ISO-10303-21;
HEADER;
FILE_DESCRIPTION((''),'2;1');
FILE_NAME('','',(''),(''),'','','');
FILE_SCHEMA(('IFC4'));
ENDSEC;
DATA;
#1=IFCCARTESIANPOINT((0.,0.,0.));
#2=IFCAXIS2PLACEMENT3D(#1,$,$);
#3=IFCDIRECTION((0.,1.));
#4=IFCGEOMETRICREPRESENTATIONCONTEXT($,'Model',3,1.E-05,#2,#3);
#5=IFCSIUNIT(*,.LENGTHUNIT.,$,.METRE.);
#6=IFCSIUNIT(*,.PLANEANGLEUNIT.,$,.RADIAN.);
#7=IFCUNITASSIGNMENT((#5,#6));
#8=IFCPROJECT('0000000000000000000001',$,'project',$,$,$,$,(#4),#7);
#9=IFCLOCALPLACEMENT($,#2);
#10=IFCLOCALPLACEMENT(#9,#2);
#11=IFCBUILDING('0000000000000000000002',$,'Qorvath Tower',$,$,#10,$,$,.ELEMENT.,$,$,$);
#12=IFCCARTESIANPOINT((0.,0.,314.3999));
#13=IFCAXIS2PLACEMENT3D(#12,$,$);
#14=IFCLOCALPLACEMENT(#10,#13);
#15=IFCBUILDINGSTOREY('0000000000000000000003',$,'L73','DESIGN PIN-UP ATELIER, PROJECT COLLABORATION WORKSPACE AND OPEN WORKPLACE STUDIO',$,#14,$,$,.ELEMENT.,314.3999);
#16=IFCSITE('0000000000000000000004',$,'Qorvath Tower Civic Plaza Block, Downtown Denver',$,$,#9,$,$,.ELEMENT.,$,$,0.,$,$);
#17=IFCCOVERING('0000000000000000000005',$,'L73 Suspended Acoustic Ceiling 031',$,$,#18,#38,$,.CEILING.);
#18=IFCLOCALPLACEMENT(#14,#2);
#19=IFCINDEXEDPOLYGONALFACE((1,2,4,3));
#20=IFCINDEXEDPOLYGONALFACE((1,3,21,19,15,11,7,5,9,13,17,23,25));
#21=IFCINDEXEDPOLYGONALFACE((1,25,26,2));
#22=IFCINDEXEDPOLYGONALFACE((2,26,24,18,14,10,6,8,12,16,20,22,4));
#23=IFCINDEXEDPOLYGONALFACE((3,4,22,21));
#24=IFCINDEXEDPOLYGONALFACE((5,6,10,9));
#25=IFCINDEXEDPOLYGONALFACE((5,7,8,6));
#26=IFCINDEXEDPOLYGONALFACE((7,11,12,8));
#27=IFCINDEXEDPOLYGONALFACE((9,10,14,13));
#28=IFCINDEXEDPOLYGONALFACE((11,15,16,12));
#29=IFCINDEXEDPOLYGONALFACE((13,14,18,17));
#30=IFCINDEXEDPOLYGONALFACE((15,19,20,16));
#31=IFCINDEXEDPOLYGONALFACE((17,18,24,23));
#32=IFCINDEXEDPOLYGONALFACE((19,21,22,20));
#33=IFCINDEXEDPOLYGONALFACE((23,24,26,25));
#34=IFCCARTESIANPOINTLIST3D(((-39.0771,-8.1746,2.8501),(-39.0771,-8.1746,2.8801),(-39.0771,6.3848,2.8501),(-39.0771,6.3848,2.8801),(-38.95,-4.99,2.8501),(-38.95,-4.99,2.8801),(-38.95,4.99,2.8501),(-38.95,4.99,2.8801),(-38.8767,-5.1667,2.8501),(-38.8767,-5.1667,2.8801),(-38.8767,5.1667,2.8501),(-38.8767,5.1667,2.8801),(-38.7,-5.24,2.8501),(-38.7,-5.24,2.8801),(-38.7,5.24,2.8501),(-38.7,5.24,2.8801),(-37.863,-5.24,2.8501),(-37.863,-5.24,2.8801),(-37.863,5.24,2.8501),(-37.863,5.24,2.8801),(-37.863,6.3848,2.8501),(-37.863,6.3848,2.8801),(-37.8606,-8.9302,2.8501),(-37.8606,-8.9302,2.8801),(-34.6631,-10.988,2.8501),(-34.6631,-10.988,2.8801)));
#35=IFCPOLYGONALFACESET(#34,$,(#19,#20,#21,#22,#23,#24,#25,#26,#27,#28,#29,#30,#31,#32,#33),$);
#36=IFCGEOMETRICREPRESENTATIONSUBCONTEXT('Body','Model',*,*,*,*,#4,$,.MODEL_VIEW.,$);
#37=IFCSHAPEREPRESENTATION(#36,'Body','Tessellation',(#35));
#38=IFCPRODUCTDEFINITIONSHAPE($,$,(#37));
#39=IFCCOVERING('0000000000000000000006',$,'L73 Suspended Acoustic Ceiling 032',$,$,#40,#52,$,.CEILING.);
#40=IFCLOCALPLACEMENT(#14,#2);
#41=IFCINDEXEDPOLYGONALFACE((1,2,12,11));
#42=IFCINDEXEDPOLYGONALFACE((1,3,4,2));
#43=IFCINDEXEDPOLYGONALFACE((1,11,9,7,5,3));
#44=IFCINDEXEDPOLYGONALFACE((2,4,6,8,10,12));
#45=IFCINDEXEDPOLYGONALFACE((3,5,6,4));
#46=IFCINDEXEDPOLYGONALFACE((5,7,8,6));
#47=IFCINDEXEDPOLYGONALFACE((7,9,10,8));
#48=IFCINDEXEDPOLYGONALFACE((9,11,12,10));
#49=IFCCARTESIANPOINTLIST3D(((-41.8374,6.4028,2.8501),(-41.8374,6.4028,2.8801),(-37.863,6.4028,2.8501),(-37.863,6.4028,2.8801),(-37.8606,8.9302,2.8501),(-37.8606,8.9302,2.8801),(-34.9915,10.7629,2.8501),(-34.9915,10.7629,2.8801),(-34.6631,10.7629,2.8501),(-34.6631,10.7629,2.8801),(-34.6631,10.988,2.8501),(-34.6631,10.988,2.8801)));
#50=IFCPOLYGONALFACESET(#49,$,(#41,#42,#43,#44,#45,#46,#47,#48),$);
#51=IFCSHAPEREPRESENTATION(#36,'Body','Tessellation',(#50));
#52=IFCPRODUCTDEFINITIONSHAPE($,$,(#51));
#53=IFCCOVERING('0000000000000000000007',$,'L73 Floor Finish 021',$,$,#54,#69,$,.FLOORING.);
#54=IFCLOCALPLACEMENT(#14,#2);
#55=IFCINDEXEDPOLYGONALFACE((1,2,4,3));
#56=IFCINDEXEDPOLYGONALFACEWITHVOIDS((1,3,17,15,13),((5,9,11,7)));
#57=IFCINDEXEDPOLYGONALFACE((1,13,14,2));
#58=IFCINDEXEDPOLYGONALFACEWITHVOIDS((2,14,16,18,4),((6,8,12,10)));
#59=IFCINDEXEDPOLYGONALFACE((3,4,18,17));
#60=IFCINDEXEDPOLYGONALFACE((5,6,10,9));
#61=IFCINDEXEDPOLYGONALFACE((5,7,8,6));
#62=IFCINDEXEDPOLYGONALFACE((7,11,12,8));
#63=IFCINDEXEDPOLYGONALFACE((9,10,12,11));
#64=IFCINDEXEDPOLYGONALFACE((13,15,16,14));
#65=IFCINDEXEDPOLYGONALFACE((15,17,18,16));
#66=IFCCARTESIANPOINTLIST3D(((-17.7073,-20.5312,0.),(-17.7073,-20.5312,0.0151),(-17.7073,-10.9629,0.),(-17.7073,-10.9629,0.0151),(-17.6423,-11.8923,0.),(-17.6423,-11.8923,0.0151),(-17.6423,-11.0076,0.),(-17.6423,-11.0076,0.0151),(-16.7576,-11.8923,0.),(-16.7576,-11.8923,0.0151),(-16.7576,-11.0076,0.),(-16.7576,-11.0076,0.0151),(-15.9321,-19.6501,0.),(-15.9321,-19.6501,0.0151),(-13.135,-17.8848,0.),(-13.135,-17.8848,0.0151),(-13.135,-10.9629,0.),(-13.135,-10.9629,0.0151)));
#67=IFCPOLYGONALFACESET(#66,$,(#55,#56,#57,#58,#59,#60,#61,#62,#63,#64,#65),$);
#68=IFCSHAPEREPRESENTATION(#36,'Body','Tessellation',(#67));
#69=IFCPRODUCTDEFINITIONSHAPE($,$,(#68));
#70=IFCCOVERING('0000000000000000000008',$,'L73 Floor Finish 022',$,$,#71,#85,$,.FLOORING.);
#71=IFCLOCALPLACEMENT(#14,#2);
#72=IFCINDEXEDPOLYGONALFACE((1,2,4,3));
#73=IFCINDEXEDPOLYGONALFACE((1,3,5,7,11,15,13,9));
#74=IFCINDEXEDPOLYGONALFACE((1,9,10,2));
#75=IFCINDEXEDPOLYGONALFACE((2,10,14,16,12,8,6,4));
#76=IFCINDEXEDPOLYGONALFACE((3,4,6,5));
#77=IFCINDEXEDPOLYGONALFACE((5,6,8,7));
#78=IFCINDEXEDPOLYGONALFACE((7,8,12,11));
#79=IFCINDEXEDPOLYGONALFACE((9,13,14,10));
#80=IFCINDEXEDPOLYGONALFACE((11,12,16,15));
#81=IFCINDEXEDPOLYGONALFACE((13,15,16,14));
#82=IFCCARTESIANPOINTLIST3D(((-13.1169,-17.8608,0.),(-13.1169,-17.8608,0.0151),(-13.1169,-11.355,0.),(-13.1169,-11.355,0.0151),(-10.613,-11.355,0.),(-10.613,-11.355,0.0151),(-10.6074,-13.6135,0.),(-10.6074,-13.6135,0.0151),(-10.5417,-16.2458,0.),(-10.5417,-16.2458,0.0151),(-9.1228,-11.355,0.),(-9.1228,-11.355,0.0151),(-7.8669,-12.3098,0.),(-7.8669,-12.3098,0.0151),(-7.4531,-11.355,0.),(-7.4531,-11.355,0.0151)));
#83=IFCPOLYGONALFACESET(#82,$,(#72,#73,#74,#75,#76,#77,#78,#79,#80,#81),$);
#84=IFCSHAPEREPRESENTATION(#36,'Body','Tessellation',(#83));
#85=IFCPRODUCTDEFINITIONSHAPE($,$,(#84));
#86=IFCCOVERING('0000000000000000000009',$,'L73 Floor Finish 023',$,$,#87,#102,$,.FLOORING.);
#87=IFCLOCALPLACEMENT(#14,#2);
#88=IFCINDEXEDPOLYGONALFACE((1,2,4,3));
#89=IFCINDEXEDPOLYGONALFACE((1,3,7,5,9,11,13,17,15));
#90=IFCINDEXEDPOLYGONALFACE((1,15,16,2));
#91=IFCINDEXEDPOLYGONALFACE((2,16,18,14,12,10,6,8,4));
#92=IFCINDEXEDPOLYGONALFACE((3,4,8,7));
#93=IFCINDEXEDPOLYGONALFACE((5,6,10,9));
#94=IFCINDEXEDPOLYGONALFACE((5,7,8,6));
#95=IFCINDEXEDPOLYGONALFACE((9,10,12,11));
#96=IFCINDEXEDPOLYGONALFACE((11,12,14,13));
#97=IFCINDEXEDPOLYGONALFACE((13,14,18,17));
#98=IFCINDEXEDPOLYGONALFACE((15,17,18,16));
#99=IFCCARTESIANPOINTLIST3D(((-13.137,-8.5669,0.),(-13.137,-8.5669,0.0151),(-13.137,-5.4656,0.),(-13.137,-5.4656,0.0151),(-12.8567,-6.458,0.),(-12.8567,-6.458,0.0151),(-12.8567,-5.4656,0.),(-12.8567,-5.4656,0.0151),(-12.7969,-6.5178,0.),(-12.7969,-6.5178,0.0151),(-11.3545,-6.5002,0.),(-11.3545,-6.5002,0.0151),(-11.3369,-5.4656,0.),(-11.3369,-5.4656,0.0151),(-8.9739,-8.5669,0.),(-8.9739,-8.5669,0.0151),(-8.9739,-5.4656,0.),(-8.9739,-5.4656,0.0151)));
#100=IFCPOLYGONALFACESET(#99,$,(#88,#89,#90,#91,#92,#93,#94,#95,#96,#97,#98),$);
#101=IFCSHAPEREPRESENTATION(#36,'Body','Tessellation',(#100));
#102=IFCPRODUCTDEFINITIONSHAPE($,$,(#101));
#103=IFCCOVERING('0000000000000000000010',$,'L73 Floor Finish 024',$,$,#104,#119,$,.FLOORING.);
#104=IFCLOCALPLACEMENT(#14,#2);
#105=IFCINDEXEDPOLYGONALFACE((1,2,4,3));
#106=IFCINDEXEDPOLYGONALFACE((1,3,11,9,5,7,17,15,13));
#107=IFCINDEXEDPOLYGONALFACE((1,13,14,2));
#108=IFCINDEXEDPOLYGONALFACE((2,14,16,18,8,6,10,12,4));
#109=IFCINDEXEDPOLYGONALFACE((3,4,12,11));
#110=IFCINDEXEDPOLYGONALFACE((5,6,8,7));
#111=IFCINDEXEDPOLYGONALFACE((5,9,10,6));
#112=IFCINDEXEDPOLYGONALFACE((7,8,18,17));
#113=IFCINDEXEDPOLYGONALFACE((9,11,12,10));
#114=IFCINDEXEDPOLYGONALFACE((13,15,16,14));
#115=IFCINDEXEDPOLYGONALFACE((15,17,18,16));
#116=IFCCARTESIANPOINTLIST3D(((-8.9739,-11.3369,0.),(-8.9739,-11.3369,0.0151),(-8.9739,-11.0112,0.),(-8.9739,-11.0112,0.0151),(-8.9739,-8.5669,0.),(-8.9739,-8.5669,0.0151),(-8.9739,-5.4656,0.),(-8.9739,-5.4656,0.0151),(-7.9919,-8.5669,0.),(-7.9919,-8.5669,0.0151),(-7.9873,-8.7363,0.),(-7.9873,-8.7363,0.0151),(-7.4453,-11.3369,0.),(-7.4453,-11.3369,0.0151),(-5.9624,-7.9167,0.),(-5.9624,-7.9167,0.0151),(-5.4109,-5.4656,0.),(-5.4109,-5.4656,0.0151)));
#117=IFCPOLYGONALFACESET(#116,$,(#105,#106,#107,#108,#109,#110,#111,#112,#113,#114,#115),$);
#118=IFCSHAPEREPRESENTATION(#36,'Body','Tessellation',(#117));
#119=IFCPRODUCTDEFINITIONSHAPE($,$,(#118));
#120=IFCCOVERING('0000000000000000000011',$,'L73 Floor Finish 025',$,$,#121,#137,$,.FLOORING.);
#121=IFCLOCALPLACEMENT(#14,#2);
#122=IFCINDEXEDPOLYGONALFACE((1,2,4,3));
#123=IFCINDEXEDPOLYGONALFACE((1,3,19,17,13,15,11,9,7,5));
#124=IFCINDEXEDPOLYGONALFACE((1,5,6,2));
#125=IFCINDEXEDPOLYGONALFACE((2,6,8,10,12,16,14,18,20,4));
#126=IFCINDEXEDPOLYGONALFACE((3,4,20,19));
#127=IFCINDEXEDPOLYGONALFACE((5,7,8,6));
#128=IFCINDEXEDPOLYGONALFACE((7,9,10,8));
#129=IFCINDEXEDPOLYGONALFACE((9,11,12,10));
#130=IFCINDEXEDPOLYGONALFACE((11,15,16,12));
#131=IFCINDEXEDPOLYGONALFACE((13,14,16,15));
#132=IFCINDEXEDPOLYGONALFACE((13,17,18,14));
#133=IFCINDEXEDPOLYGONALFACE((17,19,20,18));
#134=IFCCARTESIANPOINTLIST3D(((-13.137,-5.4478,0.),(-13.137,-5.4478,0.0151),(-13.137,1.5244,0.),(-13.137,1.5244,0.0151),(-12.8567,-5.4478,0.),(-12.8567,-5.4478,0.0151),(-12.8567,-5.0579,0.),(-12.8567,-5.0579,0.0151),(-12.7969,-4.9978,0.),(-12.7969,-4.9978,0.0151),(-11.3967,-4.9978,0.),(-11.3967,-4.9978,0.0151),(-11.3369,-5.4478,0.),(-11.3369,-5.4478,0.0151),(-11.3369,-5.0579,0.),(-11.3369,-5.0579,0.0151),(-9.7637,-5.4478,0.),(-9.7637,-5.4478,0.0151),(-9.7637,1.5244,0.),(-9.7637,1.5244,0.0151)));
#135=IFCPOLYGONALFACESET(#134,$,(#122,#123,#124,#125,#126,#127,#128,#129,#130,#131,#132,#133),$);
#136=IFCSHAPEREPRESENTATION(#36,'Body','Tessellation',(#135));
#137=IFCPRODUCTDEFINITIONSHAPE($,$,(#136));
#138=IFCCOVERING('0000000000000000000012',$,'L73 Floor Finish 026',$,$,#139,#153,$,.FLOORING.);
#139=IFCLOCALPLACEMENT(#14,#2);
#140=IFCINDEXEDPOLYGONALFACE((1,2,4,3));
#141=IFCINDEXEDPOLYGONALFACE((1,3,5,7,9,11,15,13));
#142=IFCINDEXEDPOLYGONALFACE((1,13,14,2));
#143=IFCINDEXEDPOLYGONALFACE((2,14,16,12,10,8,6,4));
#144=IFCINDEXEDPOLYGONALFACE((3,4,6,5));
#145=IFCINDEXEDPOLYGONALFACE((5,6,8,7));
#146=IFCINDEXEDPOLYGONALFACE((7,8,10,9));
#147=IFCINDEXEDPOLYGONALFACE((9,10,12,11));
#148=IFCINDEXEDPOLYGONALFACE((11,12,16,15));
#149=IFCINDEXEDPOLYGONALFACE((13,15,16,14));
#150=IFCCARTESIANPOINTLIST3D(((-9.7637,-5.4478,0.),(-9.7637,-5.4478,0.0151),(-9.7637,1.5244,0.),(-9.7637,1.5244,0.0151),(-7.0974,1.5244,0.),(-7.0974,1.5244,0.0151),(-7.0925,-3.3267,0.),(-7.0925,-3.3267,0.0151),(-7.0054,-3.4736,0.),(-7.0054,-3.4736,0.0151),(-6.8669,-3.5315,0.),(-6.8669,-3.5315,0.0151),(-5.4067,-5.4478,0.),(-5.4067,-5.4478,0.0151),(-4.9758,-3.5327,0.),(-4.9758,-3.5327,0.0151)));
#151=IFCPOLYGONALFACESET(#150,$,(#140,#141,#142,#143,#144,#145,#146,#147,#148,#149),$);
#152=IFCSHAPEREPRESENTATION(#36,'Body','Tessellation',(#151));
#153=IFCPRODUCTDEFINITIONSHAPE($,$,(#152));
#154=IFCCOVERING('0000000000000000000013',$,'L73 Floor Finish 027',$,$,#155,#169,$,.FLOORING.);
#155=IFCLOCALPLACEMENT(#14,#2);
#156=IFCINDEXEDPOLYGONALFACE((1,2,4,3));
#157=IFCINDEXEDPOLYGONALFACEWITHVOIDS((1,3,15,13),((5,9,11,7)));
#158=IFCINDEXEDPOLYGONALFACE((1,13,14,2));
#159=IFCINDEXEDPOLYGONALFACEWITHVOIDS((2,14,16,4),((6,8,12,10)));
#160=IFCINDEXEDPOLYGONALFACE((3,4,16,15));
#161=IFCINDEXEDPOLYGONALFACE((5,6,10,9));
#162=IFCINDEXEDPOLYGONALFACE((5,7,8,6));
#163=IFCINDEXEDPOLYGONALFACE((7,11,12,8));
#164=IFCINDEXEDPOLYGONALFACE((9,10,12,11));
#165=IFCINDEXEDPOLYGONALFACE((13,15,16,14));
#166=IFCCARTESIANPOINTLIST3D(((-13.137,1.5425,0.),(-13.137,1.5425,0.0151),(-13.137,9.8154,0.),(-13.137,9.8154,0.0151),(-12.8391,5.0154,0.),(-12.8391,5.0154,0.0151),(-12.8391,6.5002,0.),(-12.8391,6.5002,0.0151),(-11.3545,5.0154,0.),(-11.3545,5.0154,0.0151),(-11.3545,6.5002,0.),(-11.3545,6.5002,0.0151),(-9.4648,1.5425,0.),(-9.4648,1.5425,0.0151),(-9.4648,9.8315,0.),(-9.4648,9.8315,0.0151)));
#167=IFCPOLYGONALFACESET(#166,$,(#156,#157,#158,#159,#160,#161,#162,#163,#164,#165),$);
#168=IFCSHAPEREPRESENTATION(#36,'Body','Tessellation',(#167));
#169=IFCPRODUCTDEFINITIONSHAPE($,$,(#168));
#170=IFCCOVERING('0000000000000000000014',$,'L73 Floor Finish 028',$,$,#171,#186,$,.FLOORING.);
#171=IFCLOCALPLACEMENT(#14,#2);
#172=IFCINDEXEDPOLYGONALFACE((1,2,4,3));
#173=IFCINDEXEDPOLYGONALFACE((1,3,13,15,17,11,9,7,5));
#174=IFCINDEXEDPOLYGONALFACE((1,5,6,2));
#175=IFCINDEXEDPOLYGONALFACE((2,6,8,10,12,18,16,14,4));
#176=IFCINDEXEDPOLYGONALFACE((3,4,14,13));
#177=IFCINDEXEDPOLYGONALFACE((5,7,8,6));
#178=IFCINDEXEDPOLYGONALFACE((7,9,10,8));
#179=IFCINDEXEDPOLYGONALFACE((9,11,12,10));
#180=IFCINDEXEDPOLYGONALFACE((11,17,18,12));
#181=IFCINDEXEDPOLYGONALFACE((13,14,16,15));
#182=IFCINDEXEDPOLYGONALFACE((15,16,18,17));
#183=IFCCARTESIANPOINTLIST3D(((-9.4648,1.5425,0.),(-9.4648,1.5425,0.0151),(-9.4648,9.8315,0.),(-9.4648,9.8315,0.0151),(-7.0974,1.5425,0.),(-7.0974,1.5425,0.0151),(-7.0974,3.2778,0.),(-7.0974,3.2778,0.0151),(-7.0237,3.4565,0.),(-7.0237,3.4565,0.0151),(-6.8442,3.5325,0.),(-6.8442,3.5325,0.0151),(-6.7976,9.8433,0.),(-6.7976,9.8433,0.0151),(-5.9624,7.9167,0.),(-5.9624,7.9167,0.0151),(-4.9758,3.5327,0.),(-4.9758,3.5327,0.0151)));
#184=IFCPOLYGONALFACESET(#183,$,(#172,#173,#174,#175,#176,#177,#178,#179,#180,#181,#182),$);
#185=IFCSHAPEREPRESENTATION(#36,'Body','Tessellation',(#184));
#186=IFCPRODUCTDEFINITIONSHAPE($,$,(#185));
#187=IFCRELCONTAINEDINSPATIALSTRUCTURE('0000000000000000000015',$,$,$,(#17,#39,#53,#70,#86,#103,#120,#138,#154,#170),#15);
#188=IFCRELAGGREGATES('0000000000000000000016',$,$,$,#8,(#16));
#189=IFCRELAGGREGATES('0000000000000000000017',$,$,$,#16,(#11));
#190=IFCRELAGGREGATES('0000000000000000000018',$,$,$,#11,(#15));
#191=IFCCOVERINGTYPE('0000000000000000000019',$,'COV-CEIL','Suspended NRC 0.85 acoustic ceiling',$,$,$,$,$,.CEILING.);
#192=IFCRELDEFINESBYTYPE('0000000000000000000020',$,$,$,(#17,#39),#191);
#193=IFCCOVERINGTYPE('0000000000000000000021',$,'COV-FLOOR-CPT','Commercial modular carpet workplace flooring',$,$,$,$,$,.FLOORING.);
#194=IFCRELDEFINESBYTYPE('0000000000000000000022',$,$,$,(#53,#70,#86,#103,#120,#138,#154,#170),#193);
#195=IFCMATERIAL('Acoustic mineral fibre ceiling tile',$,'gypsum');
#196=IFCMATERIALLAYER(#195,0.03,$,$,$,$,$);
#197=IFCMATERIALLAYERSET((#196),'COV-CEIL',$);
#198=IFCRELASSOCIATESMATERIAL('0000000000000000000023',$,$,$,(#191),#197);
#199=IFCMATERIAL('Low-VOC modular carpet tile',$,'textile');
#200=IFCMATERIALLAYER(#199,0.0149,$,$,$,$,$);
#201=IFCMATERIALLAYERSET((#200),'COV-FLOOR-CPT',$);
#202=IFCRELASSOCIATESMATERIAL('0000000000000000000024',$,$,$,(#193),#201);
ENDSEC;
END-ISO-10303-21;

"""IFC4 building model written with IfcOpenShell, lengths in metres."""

from ifc_helpers import new_model, si_unit, direction, frame, origin, place, context, subcontext, project, spatial, polyline, outline, extrude, material, layer, layer_set, type_object, element, save


model = new_model("IFC4")

# Units and contexts
model_context = context("Model", 3, precision=1e-05, world=origin(), true_north=direction((0.0, 1.0)))
body_context = subcontext(model_context, "Body", "Model", "MODEL_VIEW")
ifc_project = project(units=[si_unit("LENGTHUNIT", "METRE"), si_unit("PLANEANGLEUNIT", "RADIAN")], contexts=[model_context])

# Site, building, storey
site_placement = place(None, origin())
site = spatial("IfcSite", under=ifc_project, at=site_placement, Name="Qorvath Tower Civic Plaza Block, Downtown Denver", CompositionType="ELEMENT", RefElevation=0.0)
building_placement = place(site_placement, origin())
building = spatial("IfcBuilding", under=site, at=building_placement, Name="Qorvath Tower", CompositionType="ELEMENT")
storey_placement = place(building_placement, frame((0.0, 0.0, 314.3999)))
storey = spatial("IfcBuildingStorey", under=building, at=storey_placement, Name="L73", Description="DESIGN PIN-UP ATELIER, PROJECT COLLABORATION WORKSPACE AND OPEN WORKPLACE STUDIO", CompositionType="ELEMENT", Elevation=314.3999)

# Coverings
ifc_material_1 = material(Name="Acoustic mineral fibre ceiling tile", Category="gypsum")
ifc_layer_1 = layer(ifc_material_1, 0.03)
ifc_layer_set_1 = layer_set([ifc_layer_1], Name="COV-CEIL")
covering_type_1 = type_object("IfcCoveringType", Name="COV-CEIL", Description="Suspended NRC 0.85 acoustic ceiling", PredefinedType="CEILING", material=ifc_layer_set_1)
covering_1_placement = place(storey_placement, frame((0.0, 0.0, 2.8501)))
element("IfcCovering", 1, at=covering_1_placement, inside=storey, type_object=covering_type_1, Name="L73 Suspended Acoustic Ceiling 031", PredefinedType="CEILING", context=body_context, shape_type="SweptSolid", body=[
    extrude(outline(polyline([(-39.0771, 6.3848), (-39.0771, -8.1746), (-34.6631, -10.988), (-37.8606, -8.9302), (-37.863, -5.24), (-38.7, -5.24), (-38.8767, -5.1667), (-38.95, -4.99), (-38.95, 4.99), (-38.8767, 5.1667), (-38.7, 5.24), (-37.863, 5.24), (-37.863, 6.3848), (-39.0771, 6.3848)])), origin(), (0.0, 0.0, 1.0), 0.03),
])
covering_2_placement = place(storey_placement, frame((0.0, 0.0, 2.8501)))
element("IfcCovering", 2, at=covering_2_placement, inside=storey, type_object=covering_type_1, Name="L73 Suspended Acoustic Ceiling 032", PredefinedType="CEILING", context=body_context, shape_type="SweptSolid", body=[
    extrude(outline(polyline([(-34.6631, 10.7629), (-34.6631, 10.988), (-41.8374, 6.4028), (-37.863, 6.4028), (-37.8606, 8.9302), (-34.9915, 10.7629), (-34.6631, 10.7629)])), origin(), (0.0, 0.0, 1.0), 0.03),
])
ifc_material_2 = material(Name="Low-VOC modular carpet tile", Category="textile")
ifc_layer_2 = layer(ifc_material_2, 0.0149)
ifc_layer_set_2 = layer_set([ifc_layer_2], Name="COV-FLOOR-CPT")
covering_type_2 = type_object("IfcCoveringType", Name="COV-FLOOR-CPT", Description="Commercial modular carpet workplace flooring", PredefinedType="FLOORING", material=ifc_layer_set_2)
covering_3_placement = place(storey_placement, origin())
element("IfcCovering", 3, at=covering_3_placement, inside=storey, type_object=covering_type_2, Name="L73 Floor Finish 021", PredefinedType="FLOORING", context=body_context, shape_type="SweptSolid", body=[
    extrude(outline(polyline([(-17.7073, -10.9629), (-17.7073, -20.5312), (-15.9321, -19.6501), (-13.135, -17.8848), (-13.135, -10.9629), (-17.7073, -10.9629)]), holes=[polyline([(-17.6423, -11.8923), (-17.6423, -11.0076), (-16.7576, -11.0076), (-16.7576, -11.8923), (-17.6423, -11.8923)])]), origin(), (0.0, 0.0, 1.0), 0.0151),
])
covering_4_placement = place(storey_placement, origin())
element("IfcCovering", 4, at=covering_4_placement, inside=storey, type_object=covering_type_2, Name="L73 Floor Finish 022", PredefinedType="FLOORING", context=body_context, shape_type="SweptSolid", body=[
    extrude(outline(polyline([(-13.1169, -17.8608), (-10.5417, -16.2458), (-7.8669, -12.3098), (-7.4531, -11.355), (-9.1228, -11.355), (-10.6074, -13.6135), (-10.613, -11.355), (-13.1169, -11.355), (-13.1169, -17.8608)])), origin(), (0.0, 0.0, 1.0), 0.0151),
])
covering_5_placement = place(storey_placement, origin())
element("IfcCovering", 5, at=covering_5_placement, inside=storey, type_object=covering_type_2, Name="L73 Floor Finish 023", PredefinedType="FLOORING", context=body_context, shape_type="SweptSolid", body=[
    extrude(outline(polyline([(-8.9739, -8.5669), (-8.9739, -5.4656), (-11.3369, -5.4656), (-11.3545, -6.5002), (-12.7969, -6.5178), (-12.8567, -6.458), (-12.8567, -5.4656), (-13.137, -5.4656), (-13.137, -8.5669), (-8.9739, -8.5669)])), origin(), (0.0, 0.0, 1.0), 0.0151),
])
covering_6_placement = place(storey_placement, origin())
element("IfcCovering", 6, at=covering_6_placement, inside=storey, type_object=covering_type_2, Name="L73 Floor Finish 024", PredefinedType="FLOORING", context=body_context, shape_type="SweptSolid", body=[
    extrude(outline(polyline([(-7.9873, -8.7363), (-8.9739, -11.0112), (-8.9739, -11.3369), (-7.4453, -11.3369), (-5.9624, -7.9167), (-5.4109, -5.4656), (-8.9739, -5.4656), (-8.9739, -8.5669), (-7.9919, -8.5669), (-7.9873, -8.7363)])), origin(), (0.0, 0.0, 1.0), 0.0151),
])
covering_7_placement = place(storey_placement, origin())
element("IfcCovering", 7, at=covering_7_placement, inside=storey, type_object=covering_type_2, Name="L73 Floor Finish 025", PredefinedType="FLOORING", context=body_context, shape_type="SweptSolid", body=[
    extrude(outline(polyline([(-9.7637, -5.4478), (-9.7637, 1.5244), (-13.137, 1.5244), (-13.137, -5.4478), (-12.8567, -5.4478), (-12.8567, -5.0579), (-12.7969, -4.9978), (-11.3967, -4.9978), (-11.3369, -5.0579), (-11.3369, -5.4478), (-9.7637, -5.4478)])), origin(), (0.0, 0.0, 1.0), 0.0151),
])
covering_8_placement = place(storey_placement, origin())
element("IfcCovering", 8, at=covering_8_placement, inside=storey, type_object=covering_type_2, Name="L73 Floor Finish 026", PredefinedType="FLOORING", context=body_context, shape_type="SweptSolid", body=[
    extrude(outline(polyline([(-7.0054, -3.4736), (-7.0925, -3.3267), (-7.0974, 1.5244), (-9.7637, 1.5244), (-9.7637, -5.4478), (-5.4067, -5.4478), (-4.9758, -3.5327), (-6.8669, -3.5315), (-7.0054, -3.4736)])), origin(), (0.0, 0.0, 1.0), 0.0151),
])
covering_9_placement = place(storey_placement, origin())
element("IfcCovering", 9, at=covering_9_placement, inside=storey, type_object=covering_type_2, Name="L73 Floor Finish 027", PredefinedType="FLOORING", context=body_context, shape_type="SweptSolid", body=[
    extrude(outline(polyline([(-9.4648, 1.5425), (-9.4648, 9.8315), (-13.137, 9.8154), (-13.137, 1.5425), (-9.4648, 1.5425)]), holes=[polyline([(-12.8391, 5.0154), (-12.8391, 6.5002), (-11.3545, 6.5002), (-11.3545, 5.0154), (-12.8391, 5.0154)])]), origin(), (0.0, 0.0, 1.0), 0.0151),
])
covering_10_placement = place(storey_placement, origin())
element("IfcCovering", 10, at=covering_10_placement, inside=storey, type_object=covering_type_2, Name="L73 Floor Finish 028", PredefinedType="FLOORING", context=body_context, shape_type="SweptSolid", body=[
    extrude(outline(polyline([(-6.8442, 3.5325), (-4.9758, 3.5327), (-5.9624, 7.9167), (-6.7976, 9.8433), (-9.4648, 9.8315), (-9.4648, 1.5425), (-7.0974, 1.5425), (-7.0974, 3.2778), (-7.0237, 3.4565), (-6.8442, 3.5325)])), origin(), (0.0, 0.0, 1.0), 0.0151),
])

save(model, "model.ifc")
